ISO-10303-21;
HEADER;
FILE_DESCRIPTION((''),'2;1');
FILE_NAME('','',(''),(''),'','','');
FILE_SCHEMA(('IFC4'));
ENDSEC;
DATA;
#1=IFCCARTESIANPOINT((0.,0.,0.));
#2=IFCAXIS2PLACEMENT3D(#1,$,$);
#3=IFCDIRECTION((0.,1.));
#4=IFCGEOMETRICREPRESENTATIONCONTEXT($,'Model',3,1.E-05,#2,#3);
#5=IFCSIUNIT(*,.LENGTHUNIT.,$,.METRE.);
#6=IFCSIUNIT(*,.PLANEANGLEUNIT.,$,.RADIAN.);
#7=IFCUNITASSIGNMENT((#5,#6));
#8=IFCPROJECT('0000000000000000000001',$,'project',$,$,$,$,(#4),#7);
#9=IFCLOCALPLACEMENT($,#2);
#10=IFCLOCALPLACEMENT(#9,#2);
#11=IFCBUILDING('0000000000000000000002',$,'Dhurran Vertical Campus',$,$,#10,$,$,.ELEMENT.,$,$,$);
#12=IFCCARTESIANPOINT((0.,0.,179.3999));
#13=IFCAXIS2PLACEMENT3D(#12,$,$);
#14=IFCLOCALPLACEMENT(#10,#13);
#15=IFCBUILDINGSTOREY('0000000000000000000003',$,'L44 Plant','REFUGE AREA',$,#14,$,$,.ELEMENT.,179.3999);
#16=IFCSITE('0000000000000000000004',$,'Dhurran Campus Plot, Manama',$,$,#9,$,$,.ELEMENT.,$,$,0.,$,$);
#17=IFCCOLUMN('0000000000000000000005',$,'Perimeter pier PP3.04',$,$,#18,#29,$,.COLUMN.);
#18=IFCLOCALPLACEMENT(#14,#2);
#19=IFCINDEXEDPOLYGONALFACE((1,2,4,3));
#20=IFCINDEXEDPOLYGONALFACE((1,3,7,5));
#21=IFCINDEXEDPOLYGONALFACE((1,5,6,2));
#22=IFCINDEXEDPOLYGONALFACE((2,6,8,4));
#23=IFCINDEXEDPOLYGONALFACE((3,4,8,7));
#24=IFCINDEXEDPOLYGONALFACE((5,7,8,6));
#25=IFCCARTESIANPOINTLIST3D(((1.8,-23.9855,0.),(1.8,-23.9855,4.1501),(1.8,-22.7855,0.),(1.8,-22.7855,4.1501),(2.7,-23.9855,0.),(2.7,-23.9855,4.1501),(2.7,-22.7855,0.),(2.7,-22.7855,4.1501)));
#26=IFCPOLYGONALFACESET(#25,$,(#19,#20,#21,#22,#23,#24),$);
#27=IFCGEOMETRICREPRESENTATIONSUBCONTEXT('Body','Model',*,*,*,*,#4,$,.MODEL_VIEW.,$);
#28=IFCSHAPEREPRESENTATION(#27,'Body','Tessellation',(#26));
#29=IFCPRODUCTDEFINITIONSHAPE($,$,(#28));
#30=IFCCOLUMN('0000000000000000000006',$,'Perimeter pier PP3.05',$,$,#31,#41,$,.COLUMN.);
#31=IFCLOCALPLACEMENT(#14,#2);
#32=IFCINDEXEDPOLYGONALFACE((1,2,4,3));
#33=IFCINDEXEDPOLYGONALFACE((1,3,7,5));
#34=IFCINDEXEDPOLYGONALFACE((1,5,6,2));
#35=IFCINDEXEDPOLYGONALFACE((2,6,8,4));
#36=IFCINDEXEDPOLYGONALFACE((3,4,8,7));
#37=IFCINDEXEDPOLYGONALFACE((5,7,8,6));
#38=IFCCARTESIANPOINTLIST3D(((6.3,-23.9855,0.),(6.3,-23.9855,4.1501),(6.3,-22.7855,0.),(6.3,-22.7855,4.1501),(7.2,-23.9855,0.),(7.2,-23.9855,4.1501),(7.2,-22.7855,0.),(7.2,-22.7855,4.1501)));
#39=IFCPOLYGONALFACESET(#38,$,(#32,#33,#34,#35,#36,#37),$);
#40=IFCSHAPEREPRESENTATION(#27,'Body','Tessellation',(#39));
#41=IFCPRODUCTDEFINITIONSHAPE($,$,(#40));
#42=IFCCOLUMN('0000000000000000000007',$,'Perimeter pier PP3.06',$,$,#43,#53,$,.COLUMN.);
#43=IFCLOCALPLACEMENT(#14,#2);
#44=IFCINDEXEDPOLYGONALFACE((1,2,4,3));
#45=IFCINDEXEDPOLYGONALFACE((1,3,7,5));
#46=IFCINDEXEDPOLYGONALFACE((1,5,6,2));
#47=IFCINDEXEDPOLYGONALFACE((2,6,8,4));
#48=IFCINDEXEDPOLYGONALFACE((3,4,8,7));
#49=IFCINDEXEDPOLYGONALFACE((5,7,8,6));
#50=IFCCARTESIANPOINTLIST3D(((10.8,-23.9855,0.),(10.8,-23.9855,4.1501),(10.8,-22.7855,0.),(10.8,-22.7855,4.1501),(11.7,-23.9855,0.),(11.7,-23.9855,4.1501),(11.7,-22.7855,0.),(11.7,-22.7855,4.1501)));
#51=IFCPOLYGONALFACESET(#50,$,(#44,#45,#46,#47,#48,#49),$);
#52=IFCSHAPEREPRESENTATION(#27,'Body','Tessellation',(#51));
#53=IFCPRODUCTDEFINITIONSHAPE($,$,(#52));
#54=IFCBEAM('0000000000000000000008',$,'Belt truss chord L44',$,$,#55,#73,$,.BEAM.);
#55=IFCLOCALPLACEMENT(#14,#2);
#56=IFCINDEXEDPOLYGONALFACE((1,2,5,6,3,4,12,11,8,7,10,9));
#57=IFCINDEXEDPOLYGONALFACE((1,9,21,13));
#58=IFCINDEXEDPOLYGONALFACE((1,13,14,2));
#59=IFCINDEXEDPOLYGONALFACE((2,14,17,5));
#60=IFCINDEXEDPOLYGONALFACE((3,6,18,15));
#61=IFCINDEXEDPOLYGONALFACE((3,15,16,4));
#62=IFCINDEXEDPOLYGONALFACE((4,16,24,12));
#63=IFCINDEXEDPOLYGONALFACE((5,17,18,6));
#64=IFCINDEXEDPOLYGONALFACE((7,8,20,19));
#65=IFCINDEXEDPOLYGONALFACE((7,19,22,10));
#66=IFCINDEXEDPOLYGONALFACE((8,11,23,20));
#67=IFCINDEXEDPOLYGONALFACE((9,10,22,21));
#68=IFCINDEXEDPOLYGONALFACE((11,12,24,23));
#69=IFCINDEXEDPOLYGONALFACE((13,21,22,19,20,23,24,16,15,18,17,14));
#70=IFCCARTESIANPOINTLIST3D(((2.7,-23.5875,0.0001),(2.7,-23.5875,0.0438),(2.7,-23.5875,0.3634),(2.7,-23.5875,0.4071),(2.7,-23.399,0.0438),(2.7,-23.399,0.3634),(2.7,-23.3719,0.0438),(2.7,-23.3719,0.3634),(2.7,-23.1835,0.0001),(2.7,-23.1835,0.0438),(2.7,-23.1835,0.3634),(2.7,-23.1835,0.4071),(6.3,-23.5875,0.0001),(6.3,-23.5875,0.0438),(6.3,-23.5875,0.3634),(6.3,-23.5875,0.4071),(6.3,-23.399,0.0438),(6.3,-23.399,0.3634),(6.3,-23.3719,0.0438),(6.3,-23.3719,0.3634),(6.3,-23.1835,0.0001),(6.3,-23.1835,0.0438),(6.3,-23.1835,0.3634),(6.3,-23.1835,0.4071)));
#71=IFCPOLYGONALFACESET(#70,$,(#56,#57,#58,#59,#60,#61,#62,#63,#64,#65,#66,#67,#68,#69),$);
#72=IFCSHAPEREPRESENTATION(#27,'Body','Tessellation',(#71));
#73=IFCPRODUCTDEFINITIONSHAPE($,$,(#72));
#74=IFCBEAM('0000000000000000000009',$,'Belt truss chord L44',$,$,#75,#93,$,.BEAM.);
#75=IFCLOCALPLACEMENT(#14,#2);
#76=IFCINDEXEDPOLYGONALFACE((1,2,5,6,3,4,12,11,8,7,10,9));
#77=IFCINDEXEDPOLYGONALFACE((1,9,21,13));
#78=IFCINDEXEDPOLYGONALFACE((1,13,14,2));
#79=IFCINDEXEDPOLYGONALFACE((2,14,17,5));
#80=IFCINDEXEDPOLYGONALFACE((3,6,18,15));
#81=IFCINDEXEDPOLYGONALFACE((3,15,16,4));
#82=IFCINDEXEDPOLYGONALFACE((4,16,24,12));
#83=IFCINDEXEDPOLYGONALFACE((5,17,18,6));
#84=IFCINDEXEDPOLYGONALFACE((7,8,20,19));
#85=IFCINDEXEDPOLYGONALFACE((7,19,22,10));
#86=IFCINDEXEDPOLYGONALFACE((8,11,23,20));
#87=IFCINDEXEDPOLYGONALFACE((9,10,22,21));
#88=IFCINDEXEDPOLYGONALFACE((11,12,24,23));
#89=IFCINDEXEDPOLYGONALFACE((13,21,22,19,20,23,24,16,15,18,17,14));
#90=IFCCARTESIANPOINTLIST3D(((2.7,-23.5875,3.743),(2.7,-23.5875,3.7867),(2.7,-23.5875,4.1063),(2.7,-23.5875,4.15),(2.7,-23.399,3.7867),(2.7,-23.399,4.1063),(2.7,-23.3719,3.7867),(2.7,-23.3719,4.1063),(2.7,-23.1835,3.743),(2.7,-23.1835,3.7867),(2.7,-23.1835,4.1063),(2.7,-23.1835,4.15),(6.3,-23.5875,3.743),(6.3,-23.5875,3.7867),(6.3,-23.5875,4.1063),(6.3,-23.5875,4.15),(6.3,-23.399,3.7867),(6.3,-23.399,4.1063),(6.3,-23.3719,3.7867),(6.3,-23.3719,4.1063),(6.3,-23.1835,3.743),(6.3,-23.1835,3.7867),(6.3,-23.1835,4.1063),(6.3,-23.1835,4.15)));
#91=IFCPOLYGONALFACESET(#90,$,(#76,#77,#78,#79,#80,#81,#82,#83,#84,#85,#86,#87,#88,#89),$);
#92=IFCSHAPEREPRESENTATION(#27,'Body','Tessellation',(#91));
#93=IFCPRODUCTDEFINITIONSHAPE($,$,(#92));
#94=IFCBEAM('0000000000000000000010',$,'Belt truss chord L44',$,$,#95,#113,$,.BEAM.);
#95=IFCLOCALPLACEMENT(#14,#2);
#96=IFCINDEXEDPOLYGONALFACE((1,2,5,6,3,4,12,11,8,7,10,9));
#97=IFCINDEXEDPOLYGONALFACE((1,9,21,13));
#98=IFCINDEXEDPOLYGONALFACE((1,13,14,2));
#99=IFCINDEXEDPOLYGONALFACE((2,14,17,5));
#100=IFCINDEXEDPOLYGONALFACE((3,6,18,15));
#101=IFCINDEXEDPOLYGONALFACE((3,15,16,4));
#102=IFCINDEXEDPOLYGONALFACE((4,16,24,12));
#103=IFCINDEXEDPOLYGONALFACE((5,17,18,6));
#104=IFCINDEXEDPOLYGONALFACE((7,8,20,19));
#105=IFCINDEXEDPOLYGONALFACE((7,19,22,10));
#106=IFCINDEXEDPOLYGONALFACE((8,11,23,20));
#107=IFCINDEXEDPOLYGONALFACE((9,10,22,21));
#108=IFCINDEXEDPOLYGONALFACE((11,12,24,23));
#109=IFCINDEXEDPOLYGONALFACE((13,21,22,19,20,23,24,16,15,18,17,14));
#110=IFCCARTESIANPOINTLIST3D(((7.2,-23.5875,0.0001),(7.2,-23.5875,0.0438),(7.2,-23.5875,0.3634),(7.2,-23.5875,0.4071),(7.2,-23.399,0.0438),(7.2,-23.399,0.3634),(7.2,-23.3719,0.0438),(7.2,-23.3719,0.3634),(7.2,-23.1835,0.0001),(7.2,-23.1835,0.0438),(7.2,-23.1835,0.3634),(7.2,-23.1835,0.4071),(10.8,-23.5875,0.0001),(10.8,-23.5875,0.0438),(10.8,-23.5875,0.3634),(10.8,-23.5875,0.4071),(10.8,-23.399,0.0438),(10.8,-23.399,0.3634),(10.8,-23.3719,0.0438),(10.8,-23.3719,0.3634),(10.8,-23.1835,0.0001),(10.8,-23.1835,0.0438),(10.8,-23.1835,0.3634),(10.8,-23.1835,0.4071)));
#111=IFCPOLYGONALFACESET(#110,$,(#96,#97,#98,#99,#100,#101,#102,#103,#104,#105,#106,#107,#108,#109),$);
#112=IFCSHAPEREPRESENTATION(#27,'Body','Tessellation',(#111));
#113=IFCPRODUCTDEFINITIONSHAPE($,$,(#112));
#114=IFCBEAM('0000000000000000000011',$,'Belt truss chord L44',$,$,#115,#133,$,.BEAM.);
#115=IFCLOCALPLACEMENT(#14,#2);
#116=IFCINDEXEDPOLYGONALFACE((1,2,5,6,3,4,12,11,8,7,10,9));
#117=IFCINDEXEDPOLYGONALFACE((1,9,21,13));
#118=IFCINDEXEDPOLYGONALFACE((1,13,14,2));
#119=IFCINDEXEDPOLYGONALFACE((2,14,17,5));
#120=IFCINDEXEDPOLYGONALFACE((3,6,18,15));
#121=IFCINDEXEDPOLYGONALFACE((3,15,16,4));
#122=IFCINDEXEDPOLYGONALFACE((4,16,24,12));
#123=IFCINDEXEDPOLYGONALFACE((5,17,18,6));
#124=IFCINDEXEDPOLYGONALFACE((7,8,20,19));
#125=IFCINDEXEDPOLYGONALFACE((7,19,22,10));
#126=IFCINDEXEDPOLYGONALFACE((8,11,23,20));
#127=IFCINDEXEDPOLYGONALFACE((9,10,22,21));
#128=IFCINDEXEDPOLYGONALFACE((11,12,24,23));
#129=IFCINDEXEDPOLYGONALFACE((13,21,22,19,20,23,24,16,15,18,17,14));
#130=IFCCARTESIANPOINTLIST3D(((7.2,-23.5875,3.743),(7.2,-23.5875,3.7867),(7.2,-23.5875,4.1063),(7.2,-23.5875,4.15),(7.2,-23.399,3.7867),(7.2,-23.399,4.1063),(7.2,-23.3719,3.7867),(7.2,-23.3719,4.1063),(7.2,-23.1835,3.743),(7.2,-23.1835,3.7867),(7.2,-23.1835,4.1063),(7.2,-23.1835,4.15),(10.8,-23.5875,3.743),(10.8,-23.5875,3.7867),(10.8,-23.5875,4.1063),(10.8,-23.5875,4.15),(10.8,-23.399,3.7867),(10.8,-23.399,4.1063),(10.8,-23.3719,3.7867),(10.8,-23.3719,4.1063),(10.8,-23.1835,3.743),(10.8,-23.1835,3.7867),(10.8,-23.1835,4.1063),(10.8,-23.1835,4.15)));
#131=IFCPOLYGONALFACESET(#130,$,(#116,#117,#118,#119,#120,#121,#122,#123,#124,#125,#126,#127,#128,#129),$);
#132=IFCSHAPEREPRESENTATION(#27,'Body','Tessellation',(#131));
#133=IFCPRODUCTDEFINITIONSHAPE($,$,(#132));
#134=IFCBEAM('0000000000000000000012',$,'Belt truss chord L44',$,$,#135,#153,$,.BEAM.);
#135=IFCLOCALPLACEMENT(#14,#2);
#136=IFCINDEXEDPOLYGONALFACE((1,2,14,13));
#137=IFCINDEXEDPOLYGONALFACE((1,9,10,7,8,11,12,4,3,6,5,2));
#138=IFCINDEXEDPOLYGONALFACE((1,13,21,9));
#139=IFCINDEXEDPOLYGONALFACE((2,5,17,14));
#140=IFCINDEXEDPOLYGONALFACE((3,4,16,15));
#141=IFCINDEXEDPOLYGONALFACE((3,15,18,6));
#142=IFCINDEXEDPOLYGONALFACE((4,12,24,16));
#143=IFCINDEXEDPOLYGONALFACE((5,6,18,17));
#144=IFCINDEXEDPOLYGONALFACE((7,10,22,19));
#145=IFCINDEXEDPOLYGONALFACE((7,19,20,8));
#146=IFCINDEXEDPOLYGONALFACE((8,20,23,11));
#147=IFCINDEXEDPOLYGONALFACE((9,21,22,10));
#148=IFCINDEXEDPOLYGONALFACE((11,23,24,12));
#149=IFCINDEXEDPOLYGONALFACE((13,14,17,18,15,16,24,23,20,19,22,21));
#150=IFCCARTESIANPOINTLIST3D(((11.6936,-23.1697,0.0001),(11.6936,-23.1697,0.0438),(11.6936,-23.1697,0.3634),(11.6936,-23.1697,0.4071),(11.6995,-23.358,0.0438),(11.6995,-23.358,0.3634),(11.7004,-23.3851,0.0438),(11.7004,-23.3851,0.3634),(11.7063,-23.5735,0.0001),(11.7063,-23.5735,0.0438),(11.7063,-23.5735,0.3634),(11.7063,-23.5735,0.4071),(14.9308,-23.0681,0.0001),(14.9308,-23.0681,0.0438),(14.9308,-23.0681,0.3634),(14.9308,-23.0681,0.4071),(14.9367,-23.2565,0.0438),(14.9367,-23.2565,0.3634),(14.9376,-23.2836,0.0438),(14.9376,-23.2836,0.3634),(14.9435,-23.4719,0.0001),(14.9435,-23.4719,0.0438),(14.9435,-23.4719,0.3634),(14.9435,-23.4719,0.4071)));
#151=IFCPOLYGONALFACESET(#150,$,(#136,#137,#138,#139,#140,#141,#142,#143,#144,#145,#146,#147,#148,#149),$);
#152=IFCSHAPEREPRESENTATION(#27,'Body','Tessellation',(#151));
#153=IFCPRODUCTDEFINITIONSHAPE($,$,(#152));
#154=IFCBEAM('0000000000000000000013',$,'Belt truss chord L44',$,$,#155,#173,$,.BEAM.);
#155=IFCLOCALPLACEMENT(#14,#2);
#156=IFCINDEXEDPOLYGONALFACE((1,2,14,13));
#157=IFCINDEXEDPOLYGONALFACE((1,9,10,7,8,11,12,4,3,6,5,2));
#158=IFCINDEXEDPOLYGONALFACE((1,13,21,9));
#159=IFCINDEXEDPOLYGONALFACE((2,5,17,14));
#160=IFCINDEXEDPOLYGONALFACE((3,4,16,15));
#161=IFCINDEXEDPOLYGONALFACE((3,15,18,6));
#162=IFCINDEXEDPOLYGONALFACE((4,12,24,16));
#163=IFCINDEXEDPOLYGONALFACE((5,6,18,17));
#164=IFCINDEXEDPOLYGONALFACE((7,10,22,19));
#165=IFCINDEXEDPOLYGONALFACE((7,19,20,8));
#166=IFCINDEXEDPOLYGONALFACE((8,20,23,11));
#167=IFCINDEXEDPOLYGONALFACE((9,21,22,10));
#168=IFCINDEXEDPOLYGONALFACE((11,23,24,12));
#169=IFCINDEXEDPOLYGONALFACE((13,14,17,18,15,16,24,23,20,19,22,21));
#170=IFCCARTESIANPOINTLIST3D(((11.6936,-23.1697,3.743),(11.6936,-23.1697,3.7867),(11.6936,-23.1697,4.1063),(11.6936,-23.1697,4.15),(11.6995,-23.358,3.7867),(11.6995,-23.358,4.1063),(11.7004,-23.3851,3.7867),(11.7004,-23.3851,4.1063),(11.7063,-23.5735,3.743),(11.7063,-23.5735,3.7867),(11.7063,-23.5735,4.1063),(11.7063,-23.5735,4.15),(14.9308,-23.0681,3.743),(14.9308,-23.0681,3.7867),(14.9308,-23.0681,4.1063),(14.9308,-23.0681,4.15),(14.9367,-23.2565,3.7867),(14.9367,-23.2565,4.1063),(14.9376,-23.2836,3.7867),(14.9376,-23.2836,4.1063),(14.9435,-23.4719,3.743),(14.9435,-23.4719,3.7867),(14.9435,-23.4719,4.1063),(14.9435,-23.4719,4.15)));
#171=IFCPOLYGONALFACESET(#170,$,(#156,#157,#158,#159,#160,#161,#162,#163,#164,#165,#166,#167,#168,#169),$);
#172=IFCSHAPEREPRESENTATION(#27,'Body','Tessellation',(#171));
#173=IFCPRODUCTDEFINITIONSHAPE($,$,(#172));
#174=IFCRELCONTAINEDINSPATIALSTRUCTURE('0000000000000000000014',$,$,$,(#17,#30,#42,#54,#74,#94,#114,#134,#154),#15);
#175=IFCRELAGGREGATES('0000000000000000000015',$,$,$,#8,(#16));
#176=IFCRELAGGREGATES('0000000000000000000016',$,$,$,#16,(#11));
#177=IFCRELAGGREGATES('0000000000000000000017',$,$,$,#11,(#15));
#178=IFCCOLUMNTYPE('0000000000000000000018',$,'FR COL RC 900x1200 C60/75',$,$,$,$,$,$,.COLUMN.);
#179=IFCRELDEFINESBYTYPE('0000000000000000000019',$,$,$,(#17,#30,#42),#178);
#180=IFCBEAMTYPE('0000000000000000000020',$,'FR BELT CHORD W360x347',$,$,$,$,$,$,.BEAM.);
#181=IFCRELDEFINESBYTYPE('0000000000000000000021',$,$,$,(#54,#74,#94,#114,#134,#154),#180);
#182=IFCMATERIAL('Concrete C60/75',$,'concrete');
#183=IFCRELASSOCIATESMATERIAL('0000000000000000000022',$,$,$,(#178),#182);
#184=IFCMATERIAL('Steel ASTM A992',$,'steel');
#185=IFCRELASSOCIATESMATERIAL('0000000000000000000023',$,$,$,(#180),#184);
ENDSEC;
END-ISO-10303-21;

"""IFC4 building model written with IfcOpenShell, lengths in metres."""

from ifc_helpers import new_model, si_unit, direction, frame, origin, origin_2d, place, context, subcontext, project, spatial, rectangle, i_section, extrude, material, material_profile, profile_set, type_object, element, save


model = new_model("IFC4")

# Units and contexts
model_context = context("Model", 3, precision=1e-05, world=origin(), true_north=direction((0.0, 1.0)))
body_context = subcontext(model_context, "Body", "Model", "MODEL_VIEW")
ifc_project = project(units=[si_unit("LENGTHUNIT", "METRE"), si_unit("PLANEANGLEUNIT", "RADIAN")], contexts=[model_context])

# Site, building, storey
site_placement = place(None, origin())
site = spatial("IfcSite", under=ifc_project, at=site_placement, Name="Dhurran Campus Plot, Manama", CompositionType="ELEMENT", RefElevation=0.0)
building_placement = place(site_placement, origin())
building = spatial("IfcBuilding", under=site, at=building_placement, Name="Dhurran Vertical Campus", CompositionType="ELEMENT")
storey_placement = place(building_placement, frame((0.0, 0.0, 179.3999)))
storey = spatial("IfcBuildingStorey", under=building, at=storey_placement, Name="L44 Plant", Description="REFUGE AREA", CompositionType="ELEMENT", Elevation=179.3999)

# Columns
ifc_material_1 = material(Name="Concrete C60/75", Category="concrete")
ifc_material_profile_1 = material_profile(ifc_material_1, rectangle(XDim=0.8999, YDim=1.2, at=origin_2d()), Name="RC 900x1200")
ifc_profile_set_1 = profile_set([ifc_material_profile_1], Name="Concrete C60/75")
column_type = type_object("IfcColumnType", Name="FR COL RC 900x1200 C60/75", PredefinedType="COLUMN", material=ifc_profile_set_1)
for number, where, z_axis, x_axis, name in (
    (1, (2.25, -23.3855, 0.0), (0.0, 0.0, 1.0), (1.0, 0.0, 0.0), "Perimeter pier PP3.04"),
    (2, (6.75, -23.3855, 0.0), (0.0, 0.0, 1.0), (1.0, 0.0, 0.0), "Perimeter pier PP3.05"),
    (3, (11.25, -23.3855, 0.0), (0.0, 0.0, 1.0), (1.0, 0.0, 0.0), "Perimeter pier PP3.06"),
):
    element("IfcColumn", number, at=place(storey_placement, frame(where, z_axis=z_axis, x_axis=x_axis)), inside=storey, type_object=column_type, Name=name, PredefinedType="COLUMN", context=body_context, shape_type="SweptSolid", body=[
        extrude(rectangle(XDim=0.8999, YDim=1.2, at=origin_2d()), origin(), (0.0, 0.0, 1.0), 4.1501),
    ])

# Beams
ifc_material_2 = material(Name="Steel ASTM A992", Category="steel")
ifc_material_profile_2 = material_profile(ifc_material_2, i_section(OverallWidth=0.4041, OverallDepth=0.407, WebThickness=0.0271, FlangeThickness=0.0437, at=origin_2d()), Name="W360x347")
ifc_profile_set_2 = profile_set([ifc_material_profile_2], Name="Steel ASTM A992")
beam_type = type_object("IfcBeamType", Name="FR BELT CHORD W360x347", PredefinedType="BEAM", material=ifc_profile_set_2)
for number, where, z_axis, x_axis, name in (
    (4, (2.7, -23.3855, 0.2036), (1.0, 0.0, 0.0), (0.0, 1.0, 0.0), "Belt truss chord L44"),
    (5, (2.7, -23.3855, 3.9465), (1.0, 0.0, 0.0), (0.0, 1.0, 0.0), "Belt truss chord L44"),
    (6, (7.2, -23.3855, 0.2036), (1.0, 0.0, 0.0), (0.0, 1.0, 0.0), "Belt truss chord L44"),
    (7, (7.2, -23.3855, 3.9465), (1.0, 0.0, 0.0), (0.0, 1.0, 0.0), "Belt truss chord L44"),
):
    element("IfcBeam", number, at=place(storey_placement, frame(where, z_axis=z_axis, x_axis=x_axis)), inside=storey, type_object=beam_type, Name=name, PredefinedType="BEAM", context=body_context, shape_type="SweptSolid", body=[
        extrude(i_section(OverallWidth=0.4041, OverallDepth=0.407, WebThickness=0.0271, FlangeThickness=0.0437, at=origin_2d()), origin(), (0.0, 0.0, 1.0), 3.6001),
    ])
for number, where, z_axis, x_axis, name in (
    (8, (11.7, -23.3716, 0.2036), (0.999508, 0.031359, 0.0), (-0.031359, 0.999508, 0.0), "Belt truss chord L44"),
    (9, (11.7, -23.3716, 3.9465), (0.999508, 0.031359, 0.0), (-0.031359, 0.999508, 0.0), "Belt truss chord L44"),
):
    element("IfcBeam", number, at=place(storey_placement, frame(where, z_axis=z_axis, x_axis=x_axis)), inside=storey, type_object=beam_type, Name=name, PredefinedType="BEAM", context=body_context, shape_type="SweptSolid", body=[
        extrude(i_section(OverallWidth=0.4041, OverallDepth=0.407, WebThickness=0.0271, FlangeThickness=0.0437, at=origin_2d()), origin(), (0.0, 0.0, 1.0), 3.2388),
    ])

save(model, "model.ifc")
